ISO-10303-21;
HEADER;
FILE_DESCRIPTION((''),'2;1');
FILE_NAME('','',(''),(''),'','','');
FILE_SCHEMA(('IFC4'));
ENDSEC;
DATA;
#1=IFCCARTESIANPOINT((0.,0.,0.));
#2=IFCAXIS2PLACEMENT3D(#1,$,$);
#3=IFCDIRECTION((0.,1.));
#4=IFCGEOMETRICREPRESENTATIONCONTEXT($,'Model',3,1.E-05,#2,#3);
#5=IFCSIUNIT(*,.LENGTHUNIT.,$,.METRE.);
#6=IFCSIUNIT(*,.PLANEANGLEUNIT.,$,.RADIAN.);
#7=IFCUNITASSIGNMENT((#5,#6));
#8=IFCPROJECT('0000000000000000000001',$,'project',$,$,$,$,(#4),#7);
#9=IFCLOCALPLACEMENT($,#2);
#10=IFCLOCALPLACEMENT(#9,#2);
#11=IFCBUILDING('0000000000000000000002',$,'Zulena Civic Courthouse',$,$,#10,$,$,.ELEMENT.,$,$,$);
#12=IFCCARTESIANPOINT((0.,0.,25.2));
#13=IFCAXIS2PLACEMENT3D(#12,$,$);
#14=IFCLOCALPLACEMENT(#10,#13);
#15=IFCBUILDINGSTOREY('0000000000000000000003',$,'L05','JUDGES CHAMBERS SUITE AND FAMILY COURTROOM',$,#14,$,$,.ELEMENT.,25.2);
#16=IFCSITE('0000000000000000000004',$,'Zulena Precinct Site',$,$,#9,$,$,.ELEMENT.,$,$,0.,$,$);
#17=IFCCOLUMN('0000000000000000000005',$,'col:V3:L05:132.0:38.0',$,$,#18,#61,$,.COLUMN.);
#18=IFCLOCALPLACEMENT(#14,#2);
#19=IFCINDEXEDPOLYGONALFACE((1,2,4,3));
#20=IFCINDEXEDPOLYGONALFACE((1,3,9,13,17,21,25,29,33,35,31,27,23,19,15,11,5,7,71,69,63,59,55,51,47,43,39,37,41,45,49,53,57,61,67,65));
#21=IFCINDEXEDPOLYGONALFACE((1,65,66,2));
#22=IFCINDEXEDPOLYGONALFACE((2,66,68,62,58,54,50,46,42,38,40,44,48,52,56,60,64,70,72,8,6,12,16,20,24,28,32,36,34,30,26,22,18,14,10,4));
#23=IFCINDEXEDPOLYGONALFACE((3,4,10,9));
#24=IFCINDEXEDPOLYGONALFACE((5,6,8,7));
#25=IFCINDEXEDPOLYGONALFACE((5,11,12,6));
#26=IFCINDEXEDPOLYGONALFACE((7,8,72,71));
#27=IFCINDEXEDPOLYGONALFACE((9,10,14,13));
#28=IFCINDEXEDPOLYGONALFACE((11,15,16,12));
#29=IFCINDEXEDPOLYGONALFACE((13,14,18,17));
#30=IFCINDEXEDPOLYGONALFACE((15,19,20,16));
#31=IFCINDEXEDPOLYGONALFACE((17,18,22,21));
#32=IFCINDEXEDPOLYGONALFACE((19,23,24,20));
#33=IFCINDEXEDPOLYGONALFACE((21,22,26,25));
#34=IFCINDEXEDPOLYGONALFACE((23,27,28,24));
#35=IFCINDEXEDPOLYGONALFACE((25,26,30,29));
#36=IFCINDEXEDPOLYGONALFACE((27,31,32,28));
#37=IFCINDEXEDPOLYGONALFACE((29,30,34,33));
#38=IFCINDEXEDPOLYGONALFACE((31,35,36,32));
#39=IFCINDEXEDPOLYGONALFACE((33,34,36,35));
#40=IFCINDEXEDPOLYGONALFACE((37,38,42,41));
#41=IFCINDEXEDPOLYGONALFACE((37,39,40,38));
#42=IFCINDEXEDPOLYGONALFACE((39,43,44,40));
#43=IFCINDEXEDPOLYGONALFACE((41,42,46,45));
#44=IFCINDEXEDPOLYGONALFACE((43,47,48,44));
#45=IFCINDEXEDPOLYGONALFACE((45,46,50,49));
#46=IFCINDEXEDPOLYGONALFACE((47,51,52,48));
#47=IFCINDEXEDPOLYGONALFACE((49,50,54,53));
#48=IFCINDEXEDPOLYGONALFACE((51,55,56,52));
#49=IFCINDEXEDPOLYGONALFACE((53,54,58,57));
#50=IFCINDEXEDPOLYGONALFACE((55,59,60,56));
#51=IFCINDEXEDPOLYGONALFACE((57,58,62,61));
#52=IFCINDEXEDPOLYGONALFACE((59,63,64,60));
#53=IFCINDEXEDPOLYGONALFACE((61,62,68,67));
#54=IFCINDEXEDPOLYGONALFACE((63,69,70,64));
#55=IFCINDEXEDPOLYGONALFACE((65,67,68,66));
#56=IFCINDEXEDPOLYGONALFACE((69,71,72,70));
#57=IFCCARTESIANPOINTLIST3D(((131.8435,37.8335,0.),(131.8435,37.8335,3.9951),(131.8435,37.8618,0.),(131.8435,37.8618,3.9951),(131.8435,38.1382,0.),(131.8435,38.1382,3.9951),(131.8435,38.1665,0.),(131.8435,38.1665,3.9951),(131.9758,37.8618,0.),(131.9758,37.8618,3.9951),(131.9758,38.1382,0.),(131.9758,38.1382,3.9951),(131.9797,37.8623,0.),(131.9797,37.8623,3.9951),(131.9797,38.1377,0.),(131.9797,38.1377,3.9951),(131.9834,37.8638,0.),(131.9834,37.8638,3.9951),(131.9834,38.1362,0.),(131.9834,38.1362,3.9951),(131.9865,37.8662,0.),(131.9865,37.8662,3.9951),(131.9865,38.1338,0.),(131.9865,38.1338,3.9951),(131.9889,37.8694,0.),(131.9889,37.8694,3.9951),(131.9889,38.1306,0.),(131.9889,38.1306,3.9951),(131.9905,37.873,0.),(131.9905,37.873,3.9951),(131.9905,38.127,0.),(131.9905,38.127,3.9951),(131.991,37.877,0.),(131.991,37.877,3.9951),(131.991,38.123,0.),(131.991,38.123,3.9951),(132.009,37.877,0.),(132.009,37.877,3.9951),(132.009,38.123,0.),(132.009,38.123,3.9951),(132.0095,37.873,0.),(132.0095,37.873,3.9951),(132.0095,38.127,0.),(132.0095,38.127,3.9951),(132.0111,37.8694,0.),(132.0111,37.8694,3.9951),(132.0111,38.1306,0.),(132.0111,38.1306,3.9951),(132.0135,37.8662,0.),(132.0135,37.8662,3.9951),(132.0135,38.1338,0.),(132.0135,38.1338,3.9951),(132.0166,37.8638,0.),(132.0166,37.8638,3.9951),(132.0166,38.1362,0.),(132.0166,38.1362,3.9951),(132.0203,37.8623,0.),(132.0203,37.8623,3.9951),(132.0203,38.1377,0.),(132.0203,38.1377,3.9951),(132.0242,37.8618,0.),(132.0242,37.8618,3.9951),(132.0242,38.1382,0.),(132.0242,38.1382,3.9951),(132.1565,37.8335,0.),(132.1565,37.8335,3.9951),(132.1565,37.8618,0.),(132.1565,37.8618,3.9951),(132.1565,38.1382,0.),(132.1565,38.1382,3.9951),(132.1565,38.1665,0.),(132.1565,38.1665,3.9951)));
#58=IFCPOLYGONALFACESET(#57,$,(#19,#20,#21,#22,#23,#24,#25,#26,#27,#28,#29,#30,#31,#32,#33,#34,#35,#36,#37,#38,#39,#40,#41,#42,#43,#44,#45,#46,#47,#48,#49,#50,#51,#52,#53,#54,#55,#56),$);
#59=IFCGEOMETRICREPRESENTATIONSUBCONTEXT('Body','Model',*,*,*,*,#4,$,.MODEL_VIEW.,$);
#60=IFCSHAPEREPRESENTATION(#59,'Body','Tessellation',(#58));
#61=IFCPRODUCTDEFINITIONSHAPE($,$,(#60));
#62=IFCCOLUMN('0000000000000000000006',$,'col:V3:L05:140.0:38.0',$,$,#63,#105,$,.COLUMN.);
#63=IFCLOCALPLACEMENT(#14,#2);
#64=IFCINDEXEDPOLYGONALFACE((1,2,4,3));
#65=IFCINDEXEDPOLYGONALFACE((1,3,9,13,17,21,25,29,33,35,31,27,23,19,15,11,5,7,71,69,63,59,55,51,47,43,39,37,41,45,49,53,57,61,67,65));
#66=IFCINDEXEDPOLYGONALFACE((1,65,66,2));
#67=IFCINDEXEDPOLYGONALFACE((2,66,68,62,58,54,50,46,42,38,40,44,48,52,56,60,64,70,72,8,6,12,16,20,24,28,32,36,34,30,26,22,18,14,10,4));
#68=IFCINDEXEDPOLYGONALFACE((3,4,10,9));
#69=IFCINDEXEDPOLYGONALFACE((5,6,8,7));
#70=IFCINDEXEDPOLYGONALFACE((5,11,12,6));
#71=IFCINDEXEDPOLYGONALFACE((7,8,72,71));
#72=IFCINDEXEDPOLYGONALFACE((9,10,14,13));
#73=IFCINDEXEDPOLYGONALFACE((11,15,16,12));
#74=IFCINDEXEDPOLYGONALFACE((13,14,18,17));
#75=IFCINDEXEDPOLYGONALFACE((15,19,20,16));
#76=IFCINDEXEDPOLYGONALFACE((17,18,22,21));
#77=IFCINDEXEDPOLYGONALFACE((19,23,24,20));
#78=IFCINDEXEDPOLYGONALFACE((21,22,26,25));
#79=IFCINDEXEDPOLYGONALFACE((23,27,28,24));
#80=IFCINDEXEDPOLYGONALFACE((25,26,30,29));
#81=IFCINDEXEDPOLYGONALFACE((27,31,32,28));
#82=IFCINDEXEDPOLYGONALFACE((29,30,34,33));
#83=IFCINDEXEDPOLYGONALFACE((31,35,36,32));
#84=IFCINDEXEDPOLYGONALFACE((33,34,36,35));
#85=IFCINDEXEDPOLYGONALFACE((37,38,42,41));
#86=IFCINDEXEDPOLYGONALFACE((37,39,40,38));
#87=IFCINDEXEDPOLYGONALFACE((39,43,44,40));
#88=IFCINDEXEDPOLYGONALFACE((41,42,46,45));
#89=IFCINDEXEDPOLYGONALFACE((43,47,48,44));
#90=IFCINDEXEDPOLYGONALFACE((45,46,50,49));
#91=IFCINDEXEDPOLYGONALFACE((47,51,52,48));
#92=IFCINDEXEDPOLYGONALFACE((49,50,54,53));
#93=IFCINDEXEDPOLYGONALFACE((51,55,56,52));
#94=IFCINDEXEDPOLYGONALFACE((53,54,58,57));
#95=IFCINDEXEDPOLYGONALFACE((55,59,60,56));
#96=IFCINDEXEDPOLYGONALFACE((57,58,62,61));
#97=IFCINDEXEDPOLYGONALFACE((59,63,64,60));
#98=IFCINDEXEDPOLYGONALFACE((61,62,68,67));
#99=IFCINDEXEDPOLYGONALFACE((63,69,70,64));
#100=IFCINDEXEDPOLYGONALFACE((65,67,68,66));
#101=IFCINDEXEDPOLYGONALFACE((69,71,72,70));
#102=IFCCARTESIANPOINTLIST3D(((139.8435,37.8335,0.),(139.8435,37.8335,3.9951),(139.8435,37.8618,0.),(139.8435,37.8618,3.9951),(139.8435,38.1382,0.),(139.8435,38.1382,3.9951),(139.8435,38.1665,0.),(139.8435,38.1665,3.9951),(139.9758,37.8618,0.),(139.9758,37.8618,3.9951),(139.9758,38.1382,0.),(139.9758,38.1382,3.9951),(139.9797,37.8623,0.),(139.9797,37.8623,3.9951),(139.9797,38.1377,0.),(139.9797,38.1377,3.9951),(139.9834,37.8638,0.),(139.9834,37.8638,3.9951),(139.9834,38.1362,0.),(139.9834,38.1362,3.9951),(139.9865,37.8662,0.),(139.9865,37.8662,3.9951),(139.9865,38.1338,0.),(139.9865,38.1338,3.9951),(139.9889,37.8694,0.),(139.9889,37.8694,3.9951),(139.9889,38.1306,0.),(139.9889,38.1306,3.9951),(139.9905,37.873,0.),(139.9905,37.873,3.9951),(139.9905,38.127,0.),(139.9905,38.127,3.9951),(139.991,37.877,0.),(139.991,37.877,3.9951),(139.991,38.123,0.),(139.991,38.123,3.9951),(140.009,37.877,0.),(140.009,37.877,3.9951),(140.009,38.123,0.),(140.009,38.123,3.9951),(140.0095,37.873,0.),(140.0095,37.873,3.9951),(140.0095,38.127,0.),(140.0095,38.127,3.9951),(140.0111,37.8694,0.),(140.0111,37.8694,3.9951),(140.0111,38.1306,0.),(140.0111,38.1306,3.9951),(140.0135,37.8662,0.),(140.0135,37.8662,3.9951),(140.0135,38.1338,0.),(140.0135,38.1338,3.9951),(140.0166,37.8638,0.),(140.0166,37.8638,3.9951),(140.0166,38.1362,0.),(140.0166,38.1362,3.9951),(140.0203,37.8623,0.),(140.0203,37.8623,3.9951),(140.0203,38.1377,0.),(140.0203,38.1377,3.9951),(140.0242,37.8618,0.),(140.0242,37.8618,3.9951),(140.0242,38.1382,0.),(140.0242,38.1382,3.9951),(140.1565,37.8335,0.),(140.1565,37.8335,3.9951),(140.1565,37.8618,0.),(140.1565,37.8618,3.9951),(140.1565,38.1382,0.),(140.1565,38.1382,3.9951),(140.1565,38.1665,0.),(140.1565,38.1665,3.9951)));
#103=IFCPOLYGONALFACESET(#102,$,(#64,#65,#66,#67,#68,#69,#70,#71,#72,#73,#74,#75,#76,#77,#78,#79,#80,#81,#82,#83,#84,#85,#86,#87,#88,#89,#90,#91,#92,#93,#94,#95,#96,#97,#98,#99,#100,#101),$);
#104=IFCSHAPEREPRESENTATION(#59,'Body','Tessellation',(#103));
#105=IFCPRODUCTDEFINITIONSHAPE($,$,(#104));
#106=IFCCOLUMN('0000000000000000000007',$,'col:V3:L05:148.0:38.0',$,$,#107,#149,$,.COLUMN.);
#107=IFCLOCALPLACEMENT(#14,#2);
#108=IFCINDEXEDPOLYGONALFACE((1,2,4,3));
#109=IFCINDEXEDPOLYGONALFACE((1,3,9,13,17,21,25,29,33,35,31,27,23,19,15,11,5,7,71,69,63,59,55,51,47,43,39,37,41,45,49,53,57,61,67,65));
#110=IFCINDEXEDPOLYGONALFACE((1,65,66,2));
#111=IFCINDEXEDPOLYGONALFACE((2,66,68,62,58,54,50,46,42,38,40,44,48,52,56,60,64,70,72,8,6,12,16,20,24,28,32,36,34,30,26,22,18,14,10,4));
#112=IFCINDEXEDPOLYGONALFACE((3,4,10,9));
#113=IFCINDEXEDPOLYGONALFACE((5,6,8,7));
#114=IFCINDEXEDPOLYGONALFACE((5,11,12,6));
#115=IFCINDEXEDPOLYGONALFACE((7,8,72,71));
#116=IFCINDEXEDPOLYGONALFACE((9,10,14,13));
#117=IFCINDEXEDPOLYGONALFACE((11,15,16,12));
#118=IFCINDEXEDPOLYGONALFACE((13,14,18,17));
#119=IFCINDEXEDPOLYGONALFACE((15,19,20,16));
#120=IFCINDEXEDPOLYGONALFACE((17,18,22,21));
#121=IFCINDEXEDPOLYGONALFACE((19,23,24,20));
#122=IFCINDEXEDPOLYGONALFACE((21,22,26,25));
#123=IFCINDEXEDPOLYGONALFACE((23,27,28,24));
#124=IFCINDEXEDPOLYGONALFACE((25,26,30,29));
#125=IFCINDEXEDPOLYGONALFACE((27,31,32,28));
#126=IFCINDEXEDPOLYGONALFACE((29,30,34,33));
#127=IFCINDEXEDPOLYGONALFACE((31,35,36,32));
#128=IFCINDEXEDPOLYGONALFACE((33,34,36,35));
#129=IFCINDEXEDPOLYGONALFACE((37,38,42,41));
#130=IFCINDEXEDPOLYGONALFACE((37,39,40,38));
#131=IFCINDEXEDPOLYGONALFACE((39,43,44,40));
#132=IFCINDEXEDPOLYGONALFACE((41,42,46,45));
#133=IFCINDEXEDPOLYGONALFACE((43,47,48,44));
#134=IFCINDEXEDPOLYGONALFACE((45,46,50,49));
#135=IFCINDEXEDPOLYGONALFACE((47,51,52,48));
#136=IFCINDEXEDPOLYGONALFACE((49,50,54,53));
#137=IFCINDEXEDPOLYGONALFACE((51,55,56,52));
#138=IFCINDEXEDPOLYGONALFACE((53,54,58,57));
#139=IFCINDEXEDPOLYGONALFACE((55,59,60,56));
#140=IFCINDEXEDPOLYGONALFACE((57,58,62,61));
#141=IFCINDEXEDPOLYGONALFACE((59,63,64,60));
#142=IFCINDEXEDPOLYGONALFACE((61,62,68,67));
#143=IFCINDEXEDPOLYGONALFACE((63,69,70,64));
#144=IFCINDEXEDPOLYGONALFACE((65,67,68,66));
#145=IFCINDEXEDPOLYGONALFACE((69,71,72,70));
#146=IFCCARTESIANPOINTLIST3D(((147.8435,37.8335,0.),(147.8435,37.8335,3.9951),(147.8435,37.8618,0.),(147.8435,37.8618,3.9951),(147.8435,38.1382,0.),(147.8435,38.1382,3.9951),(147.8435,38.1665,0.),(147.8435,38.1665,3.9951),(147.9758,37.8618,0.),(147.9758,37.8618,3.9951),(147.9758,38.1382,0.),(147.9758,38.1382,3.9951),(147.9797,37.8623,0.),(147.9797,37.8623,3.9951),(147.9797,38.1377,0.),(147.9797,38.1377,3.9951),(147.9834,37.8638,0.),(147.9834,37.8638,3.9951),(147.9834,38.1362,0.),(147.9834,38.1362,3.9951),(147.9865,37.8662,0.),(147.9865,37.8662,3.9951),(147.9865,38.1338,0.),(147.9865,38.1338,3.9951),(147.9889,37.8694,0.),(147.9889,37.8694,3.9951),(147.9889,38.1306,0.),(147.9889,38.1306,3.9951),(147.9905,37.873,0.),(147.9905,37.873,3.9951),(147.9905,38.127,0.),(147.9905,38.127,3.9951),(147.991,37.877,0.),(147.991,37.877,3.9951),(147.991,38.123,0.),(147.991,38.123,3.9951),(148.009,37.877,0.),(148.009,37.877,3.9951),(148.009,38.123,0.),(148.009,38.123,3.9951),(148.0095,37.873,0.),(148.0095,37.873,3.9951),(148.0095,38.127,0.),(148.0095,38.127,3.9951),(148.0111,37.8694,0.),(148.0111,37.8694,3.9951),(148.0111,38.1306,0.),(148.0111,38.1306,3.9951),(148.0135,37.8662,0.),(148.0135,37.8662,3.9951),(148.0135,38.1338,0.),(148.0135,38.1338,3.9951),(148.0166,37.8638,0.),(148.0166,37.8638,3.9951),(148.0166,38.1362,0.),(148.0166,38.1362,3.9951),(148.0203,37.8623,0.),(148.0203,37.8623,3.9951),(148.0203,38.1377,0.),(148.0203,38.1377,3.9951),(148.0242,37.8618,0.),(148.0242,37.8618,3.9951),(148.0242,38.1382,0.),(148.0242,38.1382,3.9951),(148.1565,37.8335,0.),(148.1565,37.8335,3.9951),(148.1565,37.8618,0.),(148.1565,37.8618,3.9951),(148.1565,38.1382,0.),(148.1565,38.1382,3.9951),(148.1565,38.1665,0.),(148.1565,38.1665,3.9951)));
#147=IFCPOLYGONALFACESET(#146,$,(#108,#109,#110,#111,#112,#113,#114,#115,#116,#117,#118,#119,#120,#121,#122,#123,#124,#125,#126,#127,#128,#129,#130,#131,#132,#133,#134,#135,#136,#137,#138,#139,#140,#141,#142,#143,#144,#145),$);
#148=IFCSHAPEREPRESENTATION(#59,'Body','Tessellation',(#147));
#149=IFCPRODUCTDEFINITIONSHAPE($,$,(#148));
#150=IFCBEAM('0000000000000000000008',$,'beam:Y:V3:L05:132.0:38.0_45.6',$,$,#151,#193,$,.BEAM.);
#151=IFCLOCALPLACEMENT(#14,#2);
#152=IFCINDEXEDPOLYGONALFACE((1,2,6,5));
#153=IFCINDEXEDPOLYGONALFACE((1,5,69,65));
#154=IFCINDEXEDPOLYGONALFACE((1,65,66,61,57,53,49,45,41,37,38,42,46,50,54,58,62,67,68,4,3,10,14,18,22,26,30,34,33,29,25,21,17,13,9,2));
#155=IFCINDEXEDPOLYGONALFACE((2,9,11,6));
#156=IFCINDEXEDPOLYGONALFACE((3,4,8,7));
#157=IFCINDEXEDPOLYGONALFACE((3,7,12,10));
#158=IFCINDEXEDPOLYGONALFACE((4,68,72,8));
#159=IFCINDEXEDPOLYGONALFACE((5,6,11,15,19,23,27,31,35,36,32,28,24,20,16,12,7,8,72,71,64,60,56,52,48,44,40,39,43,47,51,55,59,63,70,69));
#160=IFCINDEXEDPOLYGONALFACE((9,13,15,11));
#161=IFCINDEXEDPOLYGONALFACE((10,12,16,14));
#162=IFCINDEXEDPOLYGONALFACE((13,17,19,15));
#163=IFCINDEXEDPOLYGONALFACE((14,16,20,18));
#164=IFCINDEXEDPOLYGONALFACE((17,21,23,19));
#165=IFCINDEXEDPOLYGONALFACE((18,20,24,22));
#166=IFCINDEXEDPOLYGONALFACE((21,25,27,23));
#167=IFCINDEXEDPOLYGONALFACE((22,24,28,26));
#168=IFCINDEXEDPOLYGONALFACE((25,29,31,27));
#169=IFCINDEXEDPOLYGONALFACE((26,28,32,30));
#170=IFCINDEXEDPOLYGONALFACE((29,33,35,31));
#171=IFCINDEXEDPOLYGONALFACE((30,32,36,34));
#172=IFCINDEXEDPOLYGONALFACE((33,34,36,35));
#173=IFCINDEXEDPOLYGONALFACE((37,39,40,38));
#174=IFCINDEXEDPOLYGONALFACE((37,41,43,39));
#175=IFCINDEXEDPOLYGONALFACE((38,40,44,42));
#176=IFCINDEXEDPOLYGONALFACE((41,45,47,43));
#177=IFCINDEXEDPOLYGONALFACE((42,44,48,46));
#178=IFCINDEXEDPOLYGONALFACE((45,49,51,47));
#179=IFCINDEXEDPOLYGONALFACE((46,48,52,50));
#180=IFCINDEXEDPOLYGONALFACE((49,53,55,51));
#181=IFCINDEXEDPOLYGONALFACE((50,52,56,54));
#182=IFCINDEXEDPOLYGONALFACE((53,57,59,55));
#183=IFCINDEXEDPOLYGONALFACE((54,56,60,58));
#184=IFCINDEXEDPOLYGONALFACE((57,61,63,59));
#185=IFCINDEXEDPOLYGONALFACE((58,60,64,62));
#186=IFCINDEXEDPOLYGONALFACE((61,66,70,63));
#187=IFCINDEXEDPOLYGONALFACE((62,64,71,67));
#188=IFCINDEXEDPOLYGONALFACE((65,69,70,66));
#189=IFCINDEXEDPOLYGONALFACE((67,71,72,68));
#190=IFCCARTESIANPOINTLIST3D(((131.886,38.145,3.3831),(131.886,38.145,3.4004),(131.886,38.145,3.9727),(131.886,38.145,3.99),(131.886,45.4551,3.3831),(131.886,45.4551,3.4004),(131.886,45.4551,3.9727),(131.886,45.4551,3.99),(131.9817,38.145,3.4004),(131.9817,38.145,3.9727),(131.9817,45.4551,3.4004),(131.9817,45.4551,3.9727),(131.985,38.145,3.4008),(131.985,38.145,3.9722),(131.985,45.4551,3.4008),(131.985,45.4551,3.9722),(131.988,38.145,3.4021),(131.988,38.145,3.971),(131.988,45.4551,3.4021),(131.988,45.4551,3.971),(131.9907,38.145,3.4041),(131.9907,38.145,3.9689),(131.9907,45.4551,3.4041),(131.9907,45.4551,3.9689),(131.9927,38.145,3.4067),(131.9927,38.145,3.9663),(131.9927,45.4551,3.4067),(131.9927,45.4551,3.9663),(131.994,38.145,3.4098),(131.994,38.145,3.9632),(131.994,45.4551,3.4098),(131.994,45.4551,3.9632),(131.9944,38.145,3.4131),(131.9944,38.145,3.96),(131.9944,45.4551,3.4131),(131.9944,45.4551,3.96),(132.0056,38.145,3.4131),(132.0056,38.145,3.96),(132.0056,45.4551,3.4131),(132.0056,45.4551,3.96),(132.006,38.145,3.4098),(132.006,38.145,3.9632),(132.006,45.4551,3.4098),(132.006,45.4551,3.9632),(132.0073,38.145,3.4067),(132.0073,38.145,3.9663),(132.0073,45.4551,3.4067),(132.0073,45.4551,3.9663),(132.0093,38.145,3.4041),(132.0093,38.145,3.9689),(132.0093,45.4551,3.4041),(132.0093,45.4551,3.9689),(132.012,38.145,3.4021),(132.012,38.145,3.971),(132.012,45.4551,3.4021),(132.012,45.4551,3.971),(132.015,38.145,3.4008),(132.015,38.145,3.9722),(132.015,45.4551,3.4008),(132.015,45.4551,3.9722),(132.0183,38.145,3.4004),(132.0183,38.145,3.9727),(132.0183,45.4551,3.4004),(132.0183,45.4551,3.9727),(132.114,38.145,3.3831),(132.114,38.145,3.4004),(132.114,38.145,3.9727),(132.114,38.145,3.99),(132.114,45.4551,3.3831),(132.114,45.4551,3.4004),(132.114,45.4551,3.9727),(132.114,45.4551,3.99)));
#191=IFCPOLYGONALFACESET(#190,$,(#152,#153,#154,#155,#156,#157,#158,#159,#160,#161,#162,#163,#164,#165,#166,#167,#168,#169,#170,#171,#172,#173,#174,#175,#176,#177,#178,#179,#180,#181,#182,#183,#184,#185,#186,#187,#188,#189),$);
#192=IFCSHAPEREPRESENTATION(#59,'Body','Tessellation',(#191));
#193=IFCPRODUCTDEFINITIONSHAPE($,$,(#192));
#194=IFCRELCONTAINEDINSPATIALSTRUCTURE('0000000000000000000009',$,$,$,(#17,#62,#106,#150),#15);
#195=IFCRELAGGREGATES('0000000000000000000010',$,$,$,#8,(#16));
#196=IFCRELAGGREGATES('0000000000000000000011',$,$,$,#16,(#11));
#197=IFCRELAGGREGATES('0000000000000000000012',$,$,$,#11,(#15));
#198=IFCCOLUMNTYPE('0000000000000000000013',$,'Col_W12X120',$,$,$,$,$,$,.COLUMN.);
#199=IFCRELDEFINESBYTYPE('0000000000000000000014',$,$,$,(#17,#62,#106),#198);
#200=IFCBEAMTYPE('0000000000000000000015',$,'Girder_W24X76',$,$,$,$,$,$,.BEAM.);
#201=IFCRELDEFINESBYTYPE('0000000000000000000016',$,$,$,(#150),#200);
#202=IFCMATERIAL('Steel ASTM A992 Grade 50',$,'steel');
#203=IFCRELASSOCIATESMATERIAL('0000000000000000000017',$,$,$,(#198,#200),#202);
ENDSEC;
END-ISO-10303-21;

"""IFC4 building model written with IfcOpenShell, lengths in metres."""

from ifc_helpers import new_model, si_unit, direction, frame, origin, origin_2d, place, context, subcontext, project, spatial, i_section, extrude, material, material_profile, profile_set, type_object, element, save


model = new_model("IFC4")

# Units and contexts
model_context = context("Model", 3, precision=1e-05, world=origin(), true_north=direction((0.0, 1.0)))
body_context = subcontext(model_context, "Body", "Model", "MODEL_VIEW")
ifc_project = project(units=[si_unit("LENGTHUNIT", "METRE"), si_unit("PLANEANGLEUNIT", "RADIAN")], contexts=[model_context])

# Site, building, storey
site_placement = place(None, origin())
site = spatial("IfcSite", under=ifc_project, at=site_placement, Name="Zulena Precinct Site", CompositionType="ELEMENT", RefElevation=0.0)
building_placement = place(site_placement, origin())
building = spatial("IfcBuilding", under=site, at=building_placement, Name="Zulena Civic Courthouse", CompositionType="ELEMENT")
storey_placement = place(building_placement, frame((0.0, 0.0, 25.2)))
storey = spatial("IfcBuildingStorey", under=building, at=storey_placement, Name="L05", Description="JUDGES CHAMBERS SUITE AND FAMILY COURTROOM", CompositionType="ELEMENT", Elevation=25.2)

# Columns
ifc_material_1 = material(Name="Steel ASTM A992 Grade 50", Category="steel")
ifc_material_profile_1 = material_profile(ifc_material_1, i_section(OverallWidth=0.313, OverallDepth=0.333, WebThickness=0.0181, FlangeThickness=0.0283, FilletRadius=0.0151, at=origin_2d()), Name="W12X120")
ifc_profile_set_1 = profile_set([ifc_material_profile_1], Name="Steel ASTM A992 Grade 50")
column_type = type_object("IfcColumnType", Name="Col_W12X120", PredefinedType="COLUMN", material=ifc_profile_set_1)
for number, where, z_axis, x_axis, name in (
    (1, (132.0, 38.0, 0.0), (0.0, 0.0, 1.0), (1.0, 0.0, 0.0), "col:V3:L05:132.0:38.0"),
    (2, (140.0, 38.0, 0.0), (0.0, 0.0, 1.0), (1.0, 0.0, 0.0), "col:V3:L05:140.0:38.0"),
    (3, (148.0, 38.0, 0.0), (0.0, 0.0, 1.0), (1.0, 0.0, 0.0), "col:V3:L05:148.0:38.0"),
):
    element("IfcColumn", number, at=place(storey_placement, frame(where, z_axis=z_axis, x_axis=x_axis)), inside=storey, type_object=column_type, Name=name, PredefinedType="COLUMN", context=body_context, shape_type="SweptSolid", body=[
        extrude(i_section(OverallWidth=0.313, OverallDepth=0.333, WebThickness=0.0181, FlangeThickness=0.0283, FilletRadius=0.0151, at=origin_2d()), origin(), (0.0, 0.0, 1.0), 3.9951),
    ])

# Beam
ifc_material_profile_2 = material_profile(ifc_material_1, i_section(OverallWidth=0.228, OverallDepth=0.6069, WebThickness=0.0112, FlangeThickness=0.0173, FilletRadius=0.0127, at=origin_2d()), Name="W24X76")
ifc_profile_set_2 = profile_set([ifc_material_profile_2], Name="Steel ASTM A992 Grade 50")
beam_type_1 = type_object("IfcBeamType", Name="Girder_W24X76", PredefinedType="BEAM", material=ifc_profile_set_2)
beam_placement = place(storey_placement, frame((132.0, 38.145, 3.6865), z_axis=(0.0, 1.0, 0.0), x_axis=(-1.0, 0.0, 0.0)))
element("IfcBeam", 4, at=beam_placement, inside=storey, type_object=beam_type_1, Name="beam:Y:V3:L05:132.0:38.0_45.6", PredefinedType="BEAM", context=body_context, shape_type="SweptSolid", body=[
    extrude(i_section(OverallWidth=0.228, OverallDepth=0.6069, WebThickness=0.0112, FlangeThickness=0.0173, FilletRadius=0.0127, at=origin_2d()), origin(), (0.0, 0.0, 1.0), 7.3101),
])

save(model, "model.ifc")
